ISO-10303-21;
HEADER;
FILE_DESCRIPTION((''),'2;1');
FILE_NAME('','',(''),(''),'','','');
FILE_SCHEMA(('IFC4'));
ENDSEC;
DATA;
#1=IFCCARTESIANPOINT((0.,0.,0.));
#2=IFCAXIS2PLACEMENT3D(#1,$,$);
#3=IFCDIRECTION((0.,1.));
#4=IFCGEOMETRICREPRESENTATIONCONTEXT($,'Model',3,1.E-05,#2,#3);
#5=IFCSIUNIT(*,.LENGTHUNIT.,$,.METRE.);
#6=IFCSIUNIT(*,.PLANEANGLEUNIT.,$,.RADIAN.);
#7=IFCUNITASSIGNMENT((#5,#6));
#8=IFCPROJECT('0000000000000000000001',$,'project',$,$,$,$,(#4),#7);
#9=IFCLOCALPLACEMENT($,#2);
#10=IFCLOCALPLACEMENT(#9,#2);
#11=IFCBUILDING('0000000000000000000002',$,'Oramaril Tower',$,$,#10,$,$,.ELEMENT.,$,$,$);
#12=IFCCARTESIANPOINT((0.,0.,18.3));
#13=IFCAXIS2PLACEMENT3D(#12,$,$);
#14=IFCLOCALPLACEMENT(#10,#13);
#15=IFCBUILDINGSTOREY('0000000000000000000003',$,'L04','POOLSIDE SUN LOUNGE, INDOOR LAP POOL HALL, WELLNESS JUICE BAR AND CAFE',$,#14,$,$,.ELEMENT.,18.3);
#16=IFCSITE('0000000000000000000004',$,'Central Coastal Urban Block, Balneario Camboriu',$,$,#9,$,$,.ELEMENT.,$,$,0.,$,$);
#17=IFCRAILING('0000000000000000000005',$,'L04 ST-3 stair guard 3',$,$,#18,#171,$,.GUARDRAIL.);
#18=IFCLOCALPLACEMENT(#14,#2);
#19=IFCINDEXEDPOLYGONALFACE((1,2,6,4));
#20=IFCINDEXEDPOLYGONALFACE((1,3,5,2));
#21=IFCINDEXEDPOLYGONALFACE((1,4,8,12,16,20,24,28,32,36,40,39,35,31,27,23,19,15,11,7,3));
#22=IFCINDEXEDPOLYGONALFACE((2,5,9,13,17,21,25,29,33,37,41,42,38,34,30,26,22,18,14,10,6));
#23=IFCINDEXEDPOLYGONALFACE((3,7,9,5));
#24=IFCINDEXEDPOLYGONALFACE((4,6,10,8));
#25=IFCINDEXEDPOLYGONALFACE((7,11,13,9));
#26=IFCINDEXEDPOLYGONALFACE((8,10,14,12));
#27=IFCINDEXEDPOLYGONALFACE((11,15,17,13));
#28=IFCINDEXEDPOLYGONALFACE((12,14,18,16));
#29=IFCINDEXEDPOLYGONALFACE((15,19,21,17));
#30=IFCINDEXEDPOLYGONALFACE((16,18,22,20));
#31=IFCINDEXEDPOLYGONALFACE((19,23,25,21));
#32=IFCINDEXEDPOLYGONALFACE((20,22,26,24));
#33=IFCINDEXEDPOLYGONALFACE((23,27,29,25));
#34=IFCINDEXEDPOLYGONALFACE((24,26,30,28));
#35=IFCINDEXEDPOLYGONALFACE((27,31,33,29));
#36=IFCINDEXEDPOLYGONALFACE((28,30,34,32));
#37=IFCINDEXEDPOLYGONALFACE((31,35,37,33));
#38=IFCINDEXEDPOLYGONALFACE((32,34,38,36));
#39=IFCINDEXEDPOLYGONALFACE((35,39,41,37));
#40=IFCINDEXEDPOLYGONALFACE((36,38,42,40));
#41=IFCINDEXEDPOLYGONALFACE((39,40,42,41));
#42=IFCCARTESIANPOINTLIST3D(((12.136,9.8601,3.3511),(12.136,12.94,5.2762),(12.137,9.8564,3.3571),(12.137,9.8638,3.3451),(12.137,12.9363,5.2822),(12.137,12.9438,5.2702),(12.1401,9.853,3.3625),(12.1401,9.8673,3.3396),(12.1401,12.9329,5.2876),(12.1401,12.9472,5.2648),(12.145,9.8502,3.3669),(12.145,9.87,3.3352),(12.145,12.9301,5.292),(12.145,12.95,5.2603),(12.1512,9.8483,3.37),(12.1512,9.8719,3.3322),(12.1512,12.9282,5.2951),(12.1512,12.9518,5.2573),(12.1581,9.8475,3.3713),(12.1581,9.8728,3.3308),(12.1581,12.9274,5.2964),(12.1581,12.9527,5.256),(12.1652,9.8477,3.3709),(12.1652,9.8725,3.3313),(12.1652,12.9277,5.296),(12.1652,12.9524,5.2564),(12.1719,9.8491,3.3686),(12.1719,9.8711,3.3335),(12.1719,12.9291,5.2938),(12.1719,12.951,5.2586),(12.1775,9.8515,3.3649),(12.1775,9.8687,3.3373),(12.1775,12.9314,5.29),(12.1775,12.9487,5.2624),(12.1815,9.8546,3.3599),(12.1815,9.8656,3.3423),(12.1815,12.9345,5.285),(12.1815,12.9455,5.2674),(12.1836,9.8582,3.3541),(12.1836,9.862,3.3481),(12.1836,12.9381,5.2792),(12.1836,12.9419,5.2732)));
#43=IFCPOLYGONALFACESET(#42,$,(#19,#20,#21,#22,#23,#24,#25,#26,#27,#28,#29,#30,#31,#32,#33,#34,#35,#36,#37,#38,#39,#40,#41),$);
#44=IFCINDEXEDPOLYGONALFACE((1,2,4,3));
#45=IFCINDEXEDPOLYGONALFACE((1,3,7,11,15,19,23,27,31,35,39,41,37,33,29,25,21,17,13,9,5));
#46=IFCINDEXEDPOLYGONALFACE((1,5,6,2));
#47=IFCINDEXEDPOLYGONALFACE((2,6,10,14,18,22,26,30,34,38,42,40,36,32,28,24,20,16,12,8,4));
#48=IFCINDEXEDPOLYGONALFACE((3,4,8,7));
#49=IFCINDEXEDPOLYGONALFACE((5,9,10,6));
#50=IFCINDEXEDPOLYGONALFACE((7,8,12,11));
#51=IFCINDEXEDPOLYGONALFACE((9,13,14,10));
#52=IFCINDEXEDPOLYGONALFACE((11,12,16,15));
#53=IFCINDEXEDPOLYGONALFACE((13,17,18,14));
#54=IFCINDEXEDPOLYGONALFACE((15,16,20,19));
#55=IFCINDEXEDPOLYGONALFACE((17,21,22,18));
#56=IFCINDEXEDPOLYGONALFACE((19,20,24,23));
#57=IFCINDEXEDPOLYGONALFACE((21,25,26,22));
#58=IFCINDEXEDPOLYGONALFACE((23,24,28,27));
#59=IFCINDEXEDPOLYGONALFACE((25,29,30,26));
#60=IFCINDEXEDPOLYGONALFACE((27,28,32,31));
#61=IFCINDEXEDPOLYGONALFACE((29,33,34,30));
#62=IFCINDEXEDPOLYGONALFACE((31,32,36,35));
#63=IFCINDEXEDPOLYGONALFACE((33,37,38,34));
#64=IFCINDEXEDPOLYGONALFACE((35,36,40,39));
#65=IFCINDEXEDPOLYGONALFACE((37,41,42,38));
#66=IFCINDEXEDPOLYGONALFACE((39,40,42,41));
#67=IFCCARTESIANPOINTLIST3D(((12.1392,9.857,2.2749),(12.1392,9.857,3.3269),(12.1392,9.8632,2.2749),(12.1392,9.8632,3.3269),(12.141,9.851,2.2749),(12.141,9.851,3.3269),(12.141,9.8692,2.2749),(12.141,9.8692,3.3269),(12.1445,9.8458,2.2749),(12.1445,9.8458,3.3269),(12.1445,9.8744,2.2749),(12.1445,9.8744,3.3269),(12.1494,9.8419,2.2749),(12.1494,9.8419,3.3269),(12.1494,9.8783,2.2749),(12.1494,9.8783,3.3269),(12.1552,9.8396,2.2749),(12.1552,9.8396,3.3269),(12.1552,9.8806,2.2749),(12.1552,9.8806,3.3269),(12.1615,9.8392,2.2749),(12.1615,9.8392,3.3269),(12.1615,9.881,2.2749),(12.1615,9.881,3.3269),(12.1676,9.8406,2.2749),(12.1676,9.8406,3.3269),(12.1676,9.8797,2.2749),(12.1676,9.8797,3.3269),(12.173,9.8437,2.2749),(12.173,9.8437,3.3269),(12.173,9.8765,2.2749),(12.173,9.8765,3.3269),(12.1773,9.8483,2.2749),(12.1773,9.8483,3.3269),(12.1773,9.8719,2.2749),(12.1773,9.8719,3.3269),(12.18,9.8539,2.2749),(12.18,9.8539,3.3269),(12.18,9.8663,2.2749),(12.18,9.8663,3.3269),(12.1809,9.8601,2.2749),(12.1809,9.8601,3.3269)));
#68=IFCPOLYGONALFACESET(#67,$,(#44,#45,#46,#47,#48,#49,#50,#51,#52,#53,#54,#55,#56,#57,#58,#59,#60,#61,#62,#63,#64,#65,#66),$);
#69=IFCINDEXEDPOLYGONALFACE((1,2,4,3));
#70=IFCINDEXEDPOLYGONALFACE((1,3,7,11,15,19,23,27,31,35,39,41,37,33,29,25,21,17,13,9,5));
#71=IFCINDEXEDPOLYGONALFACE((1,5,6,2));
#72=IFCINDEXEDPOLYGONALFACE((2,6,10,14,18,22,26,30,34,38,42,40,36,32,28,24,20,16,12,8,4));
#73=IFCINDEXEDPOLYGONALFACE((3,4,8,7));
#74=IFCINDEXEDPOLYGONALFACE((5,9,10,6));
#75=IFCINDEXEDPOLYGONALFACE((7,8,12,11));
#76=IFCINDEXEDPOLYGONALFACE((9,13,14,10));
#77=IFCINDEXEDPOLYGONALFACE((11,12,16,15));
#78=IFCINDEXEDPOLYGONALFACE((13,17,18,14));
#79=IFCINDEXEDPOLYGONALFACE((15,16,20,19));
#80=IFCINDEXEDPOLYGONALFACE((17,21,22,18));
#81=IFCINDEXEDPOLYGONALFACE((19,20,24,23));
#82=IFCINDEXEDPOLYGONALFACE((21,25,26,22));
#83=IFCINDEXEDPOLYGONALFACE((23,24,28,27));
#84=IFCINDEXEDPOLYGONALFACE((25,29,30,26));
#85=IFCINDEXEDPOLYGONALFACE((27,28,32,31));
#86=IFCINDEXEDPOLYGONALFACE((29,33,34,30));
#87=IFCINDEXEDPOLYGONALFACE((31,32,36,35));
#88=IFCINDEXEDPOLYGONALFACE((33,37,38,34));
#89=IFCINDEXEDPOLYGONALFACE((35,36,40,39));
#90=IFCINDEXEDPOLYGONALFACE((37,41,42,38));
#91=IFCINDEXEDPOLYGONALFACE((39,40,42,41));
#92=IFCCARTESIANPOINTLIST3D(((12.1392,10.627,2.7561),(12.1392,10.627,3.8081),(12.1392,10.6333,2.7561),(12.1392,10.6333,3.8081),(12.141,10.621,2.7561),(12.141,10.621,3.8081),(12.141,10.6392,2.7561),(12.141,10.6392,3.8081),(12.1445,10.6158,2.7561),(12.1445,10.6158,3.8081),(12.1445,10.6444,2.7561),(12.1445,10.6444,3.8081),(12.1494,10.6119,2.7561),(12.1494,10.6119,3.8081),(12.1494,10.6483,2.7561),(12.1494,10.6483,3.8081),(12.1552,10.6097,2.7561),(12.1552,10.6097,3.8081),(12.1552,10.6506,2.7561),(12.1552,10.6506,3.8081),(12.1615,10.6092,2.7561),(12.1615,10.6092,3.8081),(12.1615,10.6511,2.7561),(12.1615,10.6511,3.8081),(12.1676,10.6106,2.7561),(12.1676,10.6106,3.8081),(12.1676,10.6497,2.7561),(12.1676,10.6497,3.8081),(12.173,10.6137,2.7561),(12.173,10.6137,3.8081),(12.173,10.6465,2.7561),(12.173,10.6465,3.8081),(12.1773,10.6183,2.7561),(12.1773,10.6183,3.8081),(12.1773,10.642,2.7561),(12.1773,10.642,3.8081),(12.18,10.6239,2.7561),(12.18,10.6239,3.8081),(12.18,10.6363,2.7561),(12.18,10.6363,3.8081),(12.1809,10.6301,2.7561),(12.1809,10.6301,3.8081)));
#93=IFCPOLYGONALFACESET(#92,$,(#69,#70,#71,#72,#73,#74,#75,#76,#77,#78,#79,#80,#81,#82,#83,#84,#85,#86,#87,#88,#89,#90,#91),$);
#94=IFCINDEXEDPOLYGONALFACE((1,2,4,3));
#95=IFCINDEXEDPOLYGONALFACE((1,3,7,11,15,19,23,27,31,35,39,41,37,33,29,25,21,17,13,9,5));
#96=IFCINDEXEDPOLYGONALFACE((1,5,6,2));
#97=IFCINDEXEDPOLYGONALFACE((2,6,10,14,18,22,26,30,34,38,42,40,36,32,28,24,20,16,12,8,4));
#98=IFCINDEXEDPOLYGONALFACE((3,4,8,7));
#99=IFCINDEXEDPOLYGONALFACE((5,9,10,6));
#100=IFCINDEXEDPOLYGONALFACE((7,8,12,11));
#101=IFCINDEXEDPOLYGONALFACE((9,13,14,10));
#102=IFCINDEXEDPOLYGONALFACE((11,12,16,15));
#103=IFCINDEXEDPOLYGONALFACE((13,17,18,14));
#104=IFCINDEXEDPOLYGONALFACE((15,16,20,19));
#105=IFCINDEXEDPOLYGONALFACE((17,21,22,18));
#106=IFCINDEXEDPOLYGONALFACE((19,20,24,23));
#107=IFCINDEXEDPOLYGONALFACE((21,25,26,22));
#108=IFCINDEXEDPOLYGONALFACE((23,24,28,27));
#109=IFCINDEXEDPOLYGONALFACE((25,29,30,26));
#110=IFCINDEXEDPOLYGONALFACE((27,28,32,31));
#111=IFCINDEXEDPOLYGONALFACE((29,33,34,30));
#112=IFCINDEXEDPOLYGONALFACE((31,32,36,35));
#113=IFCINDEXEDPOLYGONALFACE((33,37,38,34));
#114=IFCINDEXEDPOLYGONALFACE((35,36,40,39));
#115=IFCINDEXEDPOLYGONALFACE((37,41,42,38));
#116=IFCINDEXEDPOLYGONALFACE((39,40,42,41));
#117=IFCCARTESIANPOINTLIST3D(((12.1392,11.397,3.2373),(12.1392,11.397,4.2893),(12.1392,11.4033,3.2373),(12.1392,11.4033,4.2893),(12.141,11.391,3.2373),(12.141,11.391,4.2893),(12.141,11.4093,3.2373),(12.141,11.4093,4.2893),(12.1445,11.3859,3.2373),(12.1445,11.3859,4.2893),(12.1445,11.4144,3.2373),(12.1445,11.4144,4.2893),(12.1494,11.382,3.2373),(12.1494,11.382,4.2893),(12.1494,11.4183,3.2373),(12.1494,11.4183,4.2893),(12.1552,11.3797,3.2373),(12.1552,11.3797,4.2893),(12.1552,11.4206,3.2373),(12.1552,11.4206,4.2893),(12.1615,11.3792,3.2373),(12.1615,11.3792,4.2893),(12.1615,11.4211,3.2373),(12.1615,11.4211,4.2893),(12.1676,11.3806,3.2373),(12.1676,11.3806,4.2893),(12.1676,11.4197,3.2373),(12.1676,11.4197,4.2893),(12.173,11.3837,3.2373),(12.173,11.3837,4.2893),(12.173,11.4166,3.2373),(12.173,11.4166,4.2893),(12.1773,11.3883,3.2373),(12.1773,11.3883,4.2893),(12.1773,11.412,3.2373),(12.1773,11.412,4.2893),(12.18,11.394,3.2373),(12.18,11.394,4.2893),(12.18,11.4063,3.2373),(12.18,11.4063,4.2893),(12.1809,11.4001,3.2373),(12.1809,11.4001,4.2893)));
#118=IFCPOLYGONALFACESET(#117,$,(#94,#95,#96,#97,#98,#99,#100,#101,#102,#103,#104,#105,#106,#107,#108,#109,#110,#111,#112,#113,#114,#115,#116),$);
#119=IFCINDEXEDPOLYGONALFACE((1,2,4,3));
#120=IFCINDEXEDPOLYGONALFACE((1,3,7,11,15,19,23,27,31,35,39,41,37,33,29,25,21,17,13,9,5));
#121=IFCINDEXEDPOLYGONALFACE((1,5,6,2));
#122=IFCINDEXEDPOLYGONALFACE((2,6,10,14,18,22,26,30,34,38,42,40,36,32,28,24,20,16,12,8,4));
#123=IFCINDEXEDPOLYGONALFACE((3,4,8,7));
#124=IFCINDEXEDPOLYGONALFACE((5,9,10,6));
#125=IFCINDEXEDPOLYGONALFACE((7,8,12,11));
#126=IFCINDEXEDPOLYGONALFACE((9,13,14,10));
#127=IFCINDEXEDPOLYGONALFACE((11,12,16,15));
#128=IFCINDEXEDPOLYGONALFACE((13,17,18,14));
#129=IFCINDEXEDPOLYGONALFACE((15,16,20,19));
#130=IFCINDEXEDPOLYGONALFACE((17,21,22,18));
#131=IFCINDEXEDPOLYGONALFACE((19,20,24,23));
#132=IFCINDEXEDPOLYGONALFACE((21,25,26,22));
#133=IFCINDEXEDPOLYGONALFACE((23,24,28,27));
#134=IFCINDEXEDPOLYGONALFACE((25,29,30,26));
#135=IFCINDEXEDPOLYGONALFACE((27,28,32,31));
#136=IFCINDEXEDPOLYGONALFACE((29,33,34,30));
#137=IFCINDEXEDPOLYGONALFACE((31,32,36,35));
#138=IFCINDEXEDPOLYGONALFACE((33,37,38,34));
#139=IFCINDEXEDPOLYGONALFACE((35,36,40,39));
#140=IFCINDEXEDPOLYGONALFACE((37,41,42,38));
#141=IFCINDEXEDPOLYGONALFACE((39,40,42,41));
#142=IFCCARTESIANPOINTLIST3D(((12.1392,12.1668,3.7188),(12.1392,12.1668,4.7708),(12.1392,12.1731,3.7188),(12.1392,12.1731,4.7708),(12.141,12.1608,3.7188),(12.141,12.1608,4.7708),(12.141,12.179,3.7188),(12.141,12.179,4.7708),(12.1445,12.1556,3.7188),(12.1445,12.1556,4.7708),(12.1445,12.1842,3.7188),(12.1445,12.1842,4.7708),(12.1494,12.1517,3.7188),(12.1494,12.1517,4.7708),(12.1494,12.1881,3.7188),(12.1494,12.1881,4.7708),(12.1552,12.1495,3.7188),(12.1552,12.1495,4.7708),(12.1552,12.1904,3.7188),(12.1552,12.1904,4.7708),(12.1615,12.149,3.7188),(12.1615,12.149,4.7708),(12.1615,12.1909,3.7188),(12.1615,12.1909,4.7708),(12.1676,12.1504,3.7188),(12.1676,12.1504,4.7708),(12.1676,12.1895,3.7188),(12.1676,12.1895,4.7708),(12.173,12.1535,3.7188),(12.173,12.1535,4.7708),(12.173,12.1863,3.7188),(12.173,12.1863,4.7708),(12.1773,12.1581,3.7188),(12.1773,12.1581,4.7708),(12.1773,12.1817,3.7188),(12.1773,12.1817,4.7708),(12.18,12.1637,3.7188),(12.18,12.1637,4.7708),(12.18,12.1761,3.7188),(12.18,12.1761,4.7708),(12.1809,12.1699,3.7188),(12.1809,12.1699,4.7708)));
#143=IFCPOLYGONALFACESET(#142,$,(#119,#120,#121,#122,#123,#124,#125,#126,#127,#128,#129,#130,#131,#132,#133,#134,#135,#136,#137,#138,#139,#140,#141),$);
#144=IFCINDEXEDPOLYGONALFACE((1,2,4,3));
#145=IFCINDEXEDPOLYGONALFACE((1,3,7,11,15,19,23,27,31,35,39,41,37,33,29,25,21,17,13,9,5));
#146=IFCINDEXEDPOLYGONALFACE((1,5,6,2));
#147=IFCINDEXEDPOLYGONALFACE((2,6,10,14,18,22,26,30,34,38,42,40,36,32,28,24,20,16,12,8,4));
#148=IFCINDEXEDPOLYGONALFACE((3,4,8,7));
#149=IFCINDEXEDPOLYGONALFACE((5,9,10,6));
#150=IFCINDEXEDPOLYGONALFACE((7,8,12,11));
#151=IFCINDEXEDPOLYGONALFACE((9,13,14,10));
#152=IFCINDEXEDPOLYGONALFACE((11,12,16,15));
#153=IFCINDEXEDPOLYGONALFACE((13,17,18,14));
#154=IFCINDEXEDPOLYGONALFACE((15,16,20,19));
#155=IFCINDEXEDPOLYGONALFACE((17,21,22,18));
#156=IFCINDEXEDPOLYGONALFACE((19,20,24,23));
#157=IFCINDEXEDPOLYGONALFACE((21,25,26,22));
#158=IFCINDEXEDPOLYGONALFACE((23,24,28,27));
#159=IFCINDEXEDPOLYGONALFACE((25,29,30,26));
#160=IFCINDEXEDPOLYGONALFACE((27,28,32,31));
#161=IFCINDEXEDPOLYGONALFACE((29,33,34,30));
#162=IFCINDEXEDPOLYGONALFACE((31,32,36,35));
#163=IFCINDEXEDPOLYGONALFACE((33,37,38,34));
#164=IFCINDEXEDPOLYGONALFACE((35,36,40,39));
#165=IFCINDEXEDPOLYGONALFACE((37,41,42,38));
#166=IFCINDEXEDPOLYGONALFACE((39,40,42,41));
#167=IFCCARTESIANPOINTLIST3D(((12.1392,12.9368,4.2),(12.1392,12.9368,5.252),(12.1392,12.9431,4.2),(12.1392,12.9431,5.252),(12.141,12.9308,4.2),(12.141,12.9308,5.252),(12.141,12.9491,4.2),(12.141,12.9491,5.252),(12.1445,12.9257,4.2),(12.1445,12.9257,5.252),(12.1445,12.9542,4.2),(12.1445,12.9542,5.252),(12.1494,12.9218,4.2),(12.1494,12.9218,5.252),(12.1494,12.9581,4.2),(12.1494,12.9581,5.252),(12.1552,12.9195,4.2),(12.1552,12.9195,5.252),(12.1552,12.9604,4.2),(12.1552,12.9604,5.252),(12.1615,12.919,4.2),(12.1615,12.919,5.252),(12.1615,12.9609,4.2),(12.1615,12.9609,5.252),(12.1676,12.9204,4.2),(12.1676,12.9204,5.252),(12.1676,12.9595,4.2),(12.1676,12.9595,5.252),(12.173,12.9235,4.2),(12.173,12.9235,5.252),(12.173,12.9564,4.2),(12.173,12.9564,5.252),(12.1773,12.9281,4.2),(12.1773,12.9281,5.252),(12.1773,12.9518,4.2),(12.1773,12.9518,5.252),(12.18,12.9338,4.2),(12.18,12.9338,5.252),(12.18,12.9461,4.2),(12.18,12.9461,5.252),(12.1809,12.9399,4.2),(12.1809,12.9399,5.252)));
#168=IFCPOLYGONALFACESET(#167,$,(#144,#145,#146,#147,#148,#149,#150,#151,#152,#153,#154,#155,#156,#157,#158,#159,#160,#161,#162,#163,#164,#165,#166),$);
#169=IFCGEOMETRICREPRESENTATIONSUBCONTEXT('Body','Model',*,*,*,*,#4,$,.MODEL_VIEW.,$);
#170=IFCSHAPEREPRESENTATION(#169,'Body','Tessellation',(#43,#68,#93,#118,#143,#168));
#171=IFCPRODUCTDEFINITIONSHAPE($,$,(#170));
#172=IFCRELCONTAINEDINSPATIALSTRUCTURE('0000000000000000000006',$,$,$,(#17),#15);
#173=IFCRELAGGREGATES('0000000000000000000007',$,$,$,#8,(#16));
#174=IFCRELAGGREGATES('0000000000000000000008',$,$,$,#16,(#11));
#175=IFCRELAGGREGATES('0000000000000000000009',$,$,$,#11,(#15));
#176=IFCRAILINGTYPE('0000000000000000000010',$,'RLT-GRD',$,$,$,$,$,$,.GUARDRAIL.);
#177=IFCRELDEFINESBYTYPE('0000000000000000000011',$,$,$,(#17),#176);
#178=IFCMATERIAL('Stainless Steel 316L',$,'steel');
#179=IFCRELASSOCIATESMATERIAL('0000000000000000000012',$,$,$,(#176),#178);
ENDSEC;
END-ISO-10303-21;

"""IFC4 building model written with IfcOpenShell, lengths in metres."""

from ifc_helpers import new_model, si_unit, direction, frame, origin, origin_2d, place, context, subcontext, project, spatial, circle, extrude, material, type_object, element, save


model = new_model("IFC4")

# Units and contexts
model_context = context("Model", 3, precision=1e-05, world=origin(), true_north=direction((0.0, 1.0)))
body_context = subcontext(model_context, "Body", "Model", "MODEL_VIEW")
ifc_project = project(units=[si_unit("LENGTHUNIT", "METRE"), si_unit("PLANEANGLEUNIT", "RADIAN")], contexts=[model_context])

# Site, building, storey
site_placement = place(None, origin())
site = spatial("IfcSite", under=ifc_project, at=site_placement, Name="Central Coastal Urban Block, Balneario Camboriu", CompositionType="ELEMENT", RefElevation=0.0)
building_placement = place(site_placement, origin())
building = spatial("IfcBuilding", under=site, at=building_placement, Name="Oramaril Tower", CompositionType="ELEMENT")
storey_placement = place(building_placement, frame((0.0, 0.0, 18.3)))
storey = spatial("IfcBuildingStorey", under=building, at=storey_placement, Name="L04", Description="POOLSIDE SUN LOUNGE, INDOOR LAP POOL HALL, WELLNESS JUICE BAR AND CAFE", CompositionType="ELEMENT", Elevation=18.3)

# Railing
ifc_material_1 = material(Name="Stainless Steel 316L", Category="steel")
railing_type_1 = type_object("IfcRailingType", Name="RLT-GRD", PredefinedType="GUARDRAIL", material=ifc_material_1)
railing_1_placement = place(storey_placement, frame((12.1599, 9.8601, 2.2749)))
element("IfcRailing", 1, at=railing_1_placement, inside=storey, type_object=railing_type_1, Name="L04 ST-3 stair guard 3", PredefinedType="GUARDRAIL", context=body_context, shape_type="SweptSolid", body=[
    extrude(circle(Radius=0.0239, at=origin_2d()), frame((0.0, 0.0, 1.0762), z_axis=(0.0, 0.847979, 0.530029), x_axis=(-1.0, 0.0, 0.0)), (0.0, 0.0, 1.0), 3.6321),
    extrude(circle(Radius=0.021, at=origin_2d()), origin(), (0.0, 0.0, 1.0), 1.052),
    extrude(circle(Radius=0.021, at=origin_2d()), frame((0.0, 0.77, 0.4812)), (0.0, 0.0, 1.0), 1.052),
    extrude(circle(Radius=0.021, at=origin_2d()), frame((0.0, 1.54, 0.9624)), (0.0, 0.0, 1.0), 1.052),
    extrude(circle(Radius=0.021, at=origin_2d()), frame((0.0, 2.3098, 1.4438)), (0.0, 0.0, 1.0), 1.052),
    extrude(circle(Radius=0.021, at=origin_2d()), frame((0.0, 3.0798, 1.925)), (0.0, 0.0, 1.0), 1.052),
])

save(model, "model.ifc")
